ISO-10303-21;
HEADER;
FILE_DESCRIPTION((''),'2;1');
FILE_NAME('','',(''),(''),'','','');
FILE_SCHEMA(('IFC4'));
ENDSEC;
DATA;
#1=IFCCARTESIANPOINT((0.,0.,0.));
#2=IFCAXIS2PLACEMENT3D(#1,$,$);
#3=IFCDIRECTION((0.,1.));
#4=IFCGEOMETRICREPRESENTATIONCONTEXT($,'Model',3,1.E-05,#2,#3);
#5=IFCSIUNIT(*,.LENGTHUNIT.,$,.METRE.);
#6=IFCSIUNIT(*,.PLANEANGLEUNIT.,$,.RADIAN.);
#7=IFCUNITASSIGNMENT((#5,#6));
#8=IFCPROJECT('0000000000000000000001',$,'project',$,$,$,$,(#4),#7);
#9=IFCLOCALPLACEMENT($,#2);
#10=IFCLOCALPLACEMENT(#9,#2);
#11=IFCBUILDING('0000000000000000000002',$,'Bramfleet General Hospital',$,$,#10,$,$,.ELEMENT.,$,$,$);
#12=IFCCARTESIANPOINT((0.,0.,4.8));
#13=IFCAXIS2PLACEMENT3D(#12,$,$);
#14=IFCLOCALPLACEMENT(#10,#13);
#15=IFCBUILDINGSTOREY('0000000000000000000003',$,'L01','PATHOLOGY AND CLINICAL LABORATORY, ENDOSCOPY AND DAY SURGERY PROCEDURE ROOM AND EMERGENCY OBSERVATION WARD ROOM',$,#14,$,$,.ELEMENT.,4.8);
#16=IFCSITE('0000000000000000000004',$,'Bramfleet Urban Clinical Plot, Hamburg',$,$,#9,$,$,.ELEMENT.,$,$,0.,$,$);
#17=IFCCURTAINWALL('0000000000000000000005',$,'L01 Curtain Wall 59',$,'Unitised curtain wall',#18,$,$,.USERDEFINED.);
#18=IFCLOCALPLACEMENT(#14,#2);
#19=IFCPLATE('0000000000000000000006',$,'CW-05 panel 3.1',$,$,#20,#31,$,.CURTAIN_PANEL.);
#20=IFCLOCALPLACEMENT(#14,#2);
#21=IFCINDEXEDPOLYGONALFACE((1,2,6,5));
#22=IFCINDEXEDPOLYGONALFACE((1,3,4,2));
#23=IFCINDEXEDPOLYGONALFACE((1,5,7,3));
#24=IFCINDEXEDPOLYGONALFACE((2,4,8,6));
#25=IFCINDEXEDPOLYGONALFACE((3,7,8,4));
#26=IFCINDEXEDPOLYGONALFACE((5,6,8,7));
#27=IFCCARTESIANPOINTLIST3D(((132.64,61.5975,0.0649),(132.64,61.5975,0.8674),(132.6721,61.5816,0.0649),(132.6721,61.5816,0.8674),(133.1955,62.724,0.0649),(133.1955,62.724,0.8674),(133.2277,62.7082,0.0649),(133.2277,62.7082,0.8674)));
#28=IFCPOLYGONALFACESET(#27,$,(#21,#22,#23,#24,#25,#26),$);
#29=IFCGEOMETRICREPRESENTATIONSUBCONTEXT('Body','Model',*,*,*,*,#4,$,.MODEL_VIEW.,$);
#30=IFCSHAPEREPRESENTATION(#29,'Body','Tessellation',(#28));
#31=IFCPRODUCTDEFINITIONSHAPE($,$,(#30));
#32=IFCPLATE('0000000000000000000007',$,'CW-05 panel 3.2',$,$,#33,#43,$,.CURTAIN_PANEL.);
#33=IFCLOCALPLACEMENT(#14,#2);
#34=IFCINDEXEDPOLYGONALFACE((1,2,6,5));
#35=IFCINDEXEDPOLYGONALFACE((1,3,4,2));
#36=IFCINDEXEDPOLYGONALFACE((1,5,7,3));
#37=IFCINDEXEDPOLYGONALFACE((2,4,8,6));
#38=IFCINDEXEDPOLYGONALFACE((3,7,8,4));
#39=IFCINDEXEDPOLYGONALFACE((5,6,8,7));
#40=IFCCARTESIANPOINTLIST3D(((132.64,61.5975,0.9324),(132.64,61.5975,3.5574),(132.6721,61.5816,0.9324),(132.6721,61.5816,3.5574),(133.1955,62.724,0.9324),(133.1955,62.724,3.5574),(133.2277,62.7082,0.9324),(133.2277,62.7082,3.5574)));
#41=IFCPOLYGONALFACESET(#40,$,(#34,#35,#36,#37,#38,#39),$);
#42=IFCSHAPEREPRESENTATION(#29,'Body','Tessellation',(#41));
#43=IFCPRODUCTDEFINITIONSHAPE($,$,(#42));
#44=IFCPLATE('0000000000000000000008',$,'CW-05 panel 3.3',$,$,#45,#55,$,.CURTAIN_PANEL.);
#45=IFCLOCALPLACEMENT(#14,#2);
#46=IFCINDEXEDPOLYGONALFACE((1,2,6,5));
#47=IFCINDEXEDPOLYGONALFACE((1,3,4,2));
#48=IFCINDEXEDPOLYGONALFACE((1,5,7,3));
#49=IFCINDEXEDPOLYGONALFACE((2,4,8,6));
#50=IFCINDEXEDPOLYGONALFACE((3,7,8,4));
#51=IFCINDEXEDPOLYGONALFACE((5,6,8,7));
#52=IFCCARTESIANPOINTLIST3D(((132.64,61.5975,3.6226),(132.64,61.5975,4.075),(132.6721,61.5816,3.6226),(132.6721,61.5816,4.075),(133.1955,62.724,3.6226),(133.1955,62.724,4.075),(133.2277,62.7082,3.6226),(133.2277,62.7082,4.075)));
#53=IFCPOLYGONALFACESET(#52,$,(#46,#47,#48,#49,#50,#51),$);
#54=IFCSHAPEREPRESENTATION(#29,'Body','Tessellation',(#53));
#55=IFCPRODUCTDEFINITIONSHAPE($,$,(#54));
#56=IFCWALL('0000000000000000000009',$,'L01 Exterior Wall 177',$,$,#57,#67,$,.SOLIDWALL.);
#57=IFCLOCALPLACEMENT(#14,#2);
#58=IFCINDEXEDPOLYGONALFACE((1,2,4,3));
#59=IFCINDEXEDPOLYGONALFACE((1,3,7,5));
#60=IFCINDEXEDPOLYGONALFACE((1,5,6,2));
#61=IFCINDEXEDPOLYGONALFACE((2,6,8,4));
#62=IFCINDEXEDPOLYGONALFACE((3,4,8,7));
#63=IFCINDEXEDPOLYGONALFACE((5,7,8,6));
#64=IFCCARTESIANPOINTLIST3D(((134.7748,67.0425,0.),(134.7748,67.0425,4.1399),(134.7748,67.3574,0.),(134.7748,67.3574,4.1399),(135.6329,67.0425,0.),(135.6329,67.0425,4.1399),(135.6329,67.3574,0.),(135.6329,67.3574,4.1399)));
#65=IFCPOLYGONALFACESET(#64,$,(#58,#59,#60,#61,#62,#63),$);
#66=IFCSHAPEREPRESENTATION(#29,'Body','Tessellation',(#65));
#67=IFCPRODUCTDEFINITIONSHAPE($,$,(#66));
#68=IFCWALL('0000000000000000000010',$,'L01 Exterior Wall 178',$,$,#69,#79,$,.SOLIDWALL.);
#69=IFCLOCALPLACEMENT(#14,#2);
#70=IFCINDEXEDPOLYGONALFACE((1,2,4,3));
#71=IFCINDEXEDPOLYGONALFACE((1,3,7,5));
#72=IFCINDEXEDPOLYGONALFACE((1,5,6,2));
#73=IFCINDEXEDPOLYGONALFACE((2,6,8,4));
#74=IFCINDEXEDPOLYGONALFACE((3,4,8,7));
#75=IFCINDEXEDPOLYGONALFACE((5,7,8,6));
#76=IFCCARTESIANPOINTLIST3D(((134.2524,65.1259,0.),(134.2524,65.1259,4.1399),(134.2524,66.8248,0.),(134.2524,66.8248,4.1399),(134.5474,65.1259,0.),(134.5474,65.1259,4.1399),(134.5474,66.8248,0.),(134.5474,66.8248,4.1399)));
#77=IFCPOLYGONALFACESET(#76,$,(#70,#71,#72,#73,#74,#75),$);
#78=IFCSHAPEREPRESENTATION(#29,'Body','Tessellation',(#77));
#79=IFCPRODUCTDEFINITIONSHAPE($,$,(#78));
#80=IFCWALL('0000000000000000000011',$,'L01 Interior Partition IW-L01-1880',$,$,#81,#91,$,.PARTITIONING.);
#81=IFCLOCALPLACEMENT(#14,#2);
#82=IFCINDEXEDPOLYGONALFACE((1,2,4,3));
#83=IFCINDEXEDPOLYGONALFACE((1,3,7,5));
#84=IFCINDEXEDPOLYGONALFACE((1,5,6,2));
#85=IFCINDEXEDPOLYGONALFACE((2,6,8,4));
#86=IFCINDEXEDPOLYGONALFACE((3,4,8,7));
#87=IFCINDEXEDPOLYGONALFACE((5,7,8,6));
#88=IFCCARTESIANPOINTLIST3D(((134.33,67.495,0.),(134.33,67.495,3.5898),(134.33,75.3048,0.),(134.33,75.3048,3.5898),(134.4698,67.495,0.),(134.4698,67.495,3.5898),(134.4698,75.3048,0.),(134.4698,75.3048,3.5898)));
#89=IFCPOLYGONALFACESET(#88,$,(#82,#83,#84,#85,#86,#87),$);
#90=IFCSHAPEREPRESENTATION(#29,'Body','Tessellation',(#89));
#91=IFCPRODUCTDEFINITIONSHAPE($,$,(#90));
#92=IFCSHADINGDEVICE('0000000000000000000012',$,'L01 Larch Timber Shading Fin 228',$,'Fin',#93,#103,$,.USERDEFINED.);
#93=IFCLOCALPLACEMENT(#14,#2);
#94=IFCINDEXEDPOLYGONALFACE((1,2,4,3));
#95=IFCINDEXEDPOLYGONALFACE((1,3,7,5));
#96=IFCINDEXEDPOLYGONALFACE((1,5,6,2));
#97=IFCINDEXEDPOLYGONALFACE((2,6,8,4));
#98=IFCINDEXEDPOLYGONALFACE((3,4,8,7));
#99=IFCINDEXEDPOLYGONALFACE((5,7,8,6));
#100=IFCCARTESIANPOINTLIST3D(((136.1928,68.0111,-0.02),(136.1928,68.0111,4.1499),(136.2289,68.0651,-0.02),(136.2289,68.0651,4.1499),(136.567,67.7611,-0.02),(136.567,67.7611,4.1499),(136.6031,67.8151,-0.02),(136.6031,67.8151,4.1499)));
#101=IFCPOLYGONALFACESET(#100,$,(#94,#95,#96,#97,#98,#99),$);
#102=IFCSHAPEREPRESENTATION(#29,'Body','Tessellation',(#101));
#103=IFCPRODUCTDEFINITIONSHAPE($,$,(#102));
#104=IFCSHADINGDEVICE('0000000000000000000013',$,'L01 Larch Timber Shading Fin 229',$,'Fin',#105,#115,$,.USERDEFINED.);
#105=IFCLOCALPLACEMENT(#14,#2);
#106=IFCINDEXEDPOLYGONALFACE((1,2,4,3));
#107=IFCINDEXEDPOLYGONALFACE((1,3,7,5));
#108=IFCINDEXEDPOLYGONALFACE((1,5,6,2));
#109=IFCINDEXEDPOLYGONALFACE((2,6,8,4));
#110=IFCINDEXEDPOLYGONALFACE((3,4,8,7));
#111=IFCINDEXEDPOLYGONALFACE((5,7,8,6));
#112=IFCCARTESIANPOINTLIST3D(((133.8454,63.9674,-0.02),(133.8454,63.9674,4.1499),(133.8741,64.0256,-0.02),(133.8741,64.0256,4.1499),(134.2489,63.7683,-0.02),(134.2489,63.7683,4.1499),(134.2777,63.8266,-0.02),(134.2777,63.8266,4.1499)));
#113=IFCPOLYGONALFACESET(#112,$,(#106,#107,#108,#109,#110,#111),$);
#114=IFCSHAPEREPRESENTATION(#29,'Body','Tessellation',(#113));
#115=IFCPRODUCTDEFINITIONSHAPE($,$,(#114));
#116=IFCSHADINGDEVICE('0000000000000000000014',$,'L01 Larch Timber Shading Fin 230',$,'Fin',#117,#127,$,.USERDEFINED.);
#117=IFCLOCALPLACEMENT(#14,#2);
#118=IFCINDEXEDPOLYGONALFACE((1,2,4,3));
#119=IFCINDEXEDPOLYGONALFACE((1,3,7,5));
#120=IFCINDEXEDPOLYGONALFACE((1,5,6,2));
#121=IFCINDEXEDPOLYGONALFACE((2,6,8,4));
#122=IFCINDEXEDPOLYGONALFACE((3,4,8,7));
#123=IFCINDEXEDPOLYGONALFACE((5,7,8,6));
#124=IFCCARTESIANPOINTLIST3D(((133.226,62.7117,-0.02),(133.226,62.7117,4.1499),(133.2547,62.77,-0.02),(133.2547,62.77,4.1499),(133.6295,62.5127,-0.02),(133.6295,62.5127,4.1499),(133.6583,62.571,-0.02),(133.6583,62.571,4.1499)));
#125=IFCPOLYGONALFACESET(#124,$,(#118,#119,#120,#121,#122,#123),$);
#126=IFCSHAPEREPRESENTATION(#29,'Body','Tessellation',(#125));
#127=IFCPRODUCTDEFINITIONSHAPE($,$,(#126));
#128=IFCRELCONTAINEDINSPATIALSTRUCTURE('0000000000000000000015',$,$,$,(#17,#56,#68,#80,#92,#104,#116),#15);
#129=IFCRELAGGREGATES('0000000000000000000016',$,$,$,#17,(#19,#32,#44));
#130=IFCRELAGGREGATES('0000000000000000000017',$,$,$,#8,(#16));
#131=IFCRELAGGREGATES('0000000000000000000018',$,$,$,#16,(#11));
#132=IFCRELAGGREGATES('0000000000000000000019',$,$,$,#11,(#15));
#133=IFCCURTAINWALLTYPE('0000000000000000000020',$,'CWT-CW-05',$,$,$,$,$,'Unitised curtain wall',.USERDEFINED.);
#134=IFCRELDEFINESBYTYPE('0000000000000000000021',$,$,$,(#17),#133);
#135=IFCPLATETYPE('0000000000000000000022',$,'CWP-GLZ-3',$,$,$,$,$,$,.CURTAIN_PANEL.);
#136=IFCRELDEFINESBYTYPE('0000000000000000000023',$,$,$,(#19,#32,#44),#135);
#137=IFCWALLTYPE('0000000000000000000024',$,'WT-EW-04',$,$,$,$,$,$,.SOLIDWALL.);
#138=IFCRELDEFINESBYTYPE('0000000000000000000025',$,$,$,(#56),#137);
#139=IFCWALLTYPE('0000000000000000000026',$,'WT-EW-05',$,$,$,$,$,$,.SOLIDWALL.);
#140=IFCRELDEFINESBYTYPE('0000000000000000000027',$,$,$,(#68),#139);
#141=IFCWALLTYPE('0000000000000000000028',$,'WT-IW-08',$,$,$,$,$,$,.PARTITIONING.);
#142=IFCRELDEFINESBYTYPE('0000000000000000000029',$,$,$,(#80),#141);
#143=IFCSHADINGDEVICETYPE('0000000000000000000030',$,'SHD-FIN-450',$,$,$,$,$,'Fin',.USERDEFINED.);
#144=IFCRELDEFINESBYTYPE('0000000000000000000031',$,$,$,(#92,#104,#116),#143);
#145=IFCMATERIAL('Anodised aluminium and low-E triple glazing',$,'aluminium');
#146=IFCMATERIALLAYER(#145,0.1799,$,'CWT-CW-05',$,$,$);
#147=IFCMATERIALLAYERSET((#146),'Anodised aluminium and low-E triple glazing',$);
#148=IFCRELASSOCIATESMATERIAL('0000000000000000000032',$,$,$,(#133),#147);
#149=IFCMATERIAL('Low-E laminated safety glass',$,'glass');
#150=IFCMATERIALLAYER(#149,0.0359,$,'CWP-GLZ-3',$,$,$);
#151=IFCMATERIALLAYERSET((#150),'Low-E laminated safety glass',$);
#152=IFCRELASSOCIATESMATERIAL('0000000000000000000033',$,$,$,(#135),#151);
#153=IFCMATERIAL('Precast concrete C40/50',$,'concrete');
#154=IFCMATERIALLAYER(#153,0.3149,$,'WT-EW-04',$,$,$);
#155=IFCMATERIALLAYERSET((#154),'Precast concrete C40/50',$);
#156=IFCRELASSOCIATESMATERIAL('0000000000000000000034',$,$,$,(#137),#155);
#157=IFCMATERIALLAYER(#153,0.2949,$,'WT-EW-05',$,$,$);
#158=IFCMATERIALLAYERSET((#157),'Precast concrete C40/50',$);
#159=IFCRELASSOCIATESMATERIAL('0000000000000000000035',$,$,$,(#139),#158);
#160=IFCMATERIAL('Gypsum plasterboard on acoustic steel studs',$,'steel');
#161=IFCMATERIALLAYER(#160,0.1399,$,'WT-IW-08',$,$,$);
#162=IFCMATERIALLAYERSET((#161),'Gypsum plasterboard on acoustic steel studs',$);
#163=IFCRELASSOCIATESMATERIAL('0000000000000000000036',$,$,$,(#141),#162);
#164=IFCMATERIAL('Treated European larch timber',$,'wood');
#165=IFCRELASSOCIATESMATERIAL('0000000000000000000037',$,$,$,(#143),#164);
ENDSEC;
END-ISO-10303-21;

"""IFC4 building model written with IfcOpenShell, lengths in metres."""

from ifc_helpers import new_model, si_unit, direction, frame, frame_2d, origin, origin_2d, place, context, subcontext, project, spatial, rectangle, extrude, material, layer, layer_set, material_profile, profile_set, type_object, element, aggregate, save


model = new_model("IFC4")

# Units and contexts
model_context = context("Model", 3, precision=1e-05, world=origin(), true_north=direction((0.0, 1.0)))
body_context = subcontext(model_context, "Body", "Model", "MODEL_VIEW")
ifc_project = project(units=[si_unit("LENGTHUNIT", "METRE"), si_unit("PLANEANGLEUNIT", "RADIAN")], contexts=[model_context])

# Site, building, storey
site_placement = place(None, origin())
site = spatial("IfcSite", under=ifc_project, at=site_placement, Name="Bramfleet Urban Clinical Plot, Hamburg", CompositionType="ELEMENT", RefElevation=0.0)
building_placement = place(site_placement, origin())
building = spatial("IfcBuilding", under=site, at=building_placement, Name="Bramfleet General Hospital", CompositionType="ELEMENT")
storey_placement = place(building_placement, frame((0.0, 0.0, 4.8)))
storey = spatial("IfcBuildingStorey", under=building, at=storey_placement, Name="L01", Description="PATHOLOGY AND CLINICAL LABORATORY, ENDOSCOPY AND DAY SURGERY PROCEDURE ROOM AND EMERGENCY OBSERVATION WARD ROOM", CompositionType="ELEMENT", Elevation=4.8)

# Shared definitions
ifc_material_1 = material(Name="Anodised aluminium and low-E triple glazing", Category="aluminium")

# Curtain wall
ifc_layer_1 = layer(ifc_material_1, 0.1799, Name="CWT-CW-05")
ifc_layer_set_1 = layer_set([ifc_layer_1], Name="Anodised aluminium and low-E triple glazing")
curtain_wall_type_1 = type_object("IfcCurtainWallType", Name="CWT-CW-05", ElementType="Unitised curtain wall", PredefinedType="USERDEFINED", material=ifc_layer_set_1)
curtain_wall_1_placement = place(storey_placement, origin())
curtain_wall_1 = element("IfcCurtainWall", 1, at=curtain_wall_1_placement, inside=storey, type_object=curtain_wall_type_1, Name="L01 Curtain Wall 59", ObjectType="Unitised curtain wall", PredefinedType="USERDEFINED")

# Plates
ifc_material_2 = material(Name="Low-E laminated safety glass", Category="glass")
ifc_layer_2 = layer(ifc_material_2, 0.0359, Name="CWP-GLZ-3")
ifc_layer_set_2 = layer_set([ifc_layer_2], Name="Low-E laminated safety glass")
plate_type_1 = type_object("IfcPlateType", Name="CWP-GLZ-3", PredefinedType="CURTAIN_PANEL", material=ifc_layer_set_2)
plate_1_placement = place(storey_placement, frame((132.9338, 62.1528, 0.0649), z_axis=(0.0, 0.0, 1.0), x_axis=(-0.442305, -0.896865, 0.0)))
plate_1 = element("IfcPlate", 2, at=plate_1_placement, type_object=plate_type_1, Name="CW-05 panel 3.1", PredefinedType="CURTAIN_PANEL", context=body_context, shape_type="SweptSolid", body=[
    extrude(rectangle(XDim=1.2561, YDim=0.0359, at=origin_2d()), origin(), (0.0, 0.0, 1.0), 0.8025),
])
plate_2_placement = place(storey_placement, frame((132.9338, 62.1528, 0.9324), z_axis=(0.0, 0.0, 1.0), x_axis=(-0.442305, -0.896865, 0.0)))
plate_2 = element("IfcPlate", 3, at=plate_2_placement, type_object=plate_type_1, Name="CW-05 panel 3.2", PredefinedType="CURTAIN_PANEL", context=body_context, shape_type="SweptSolid", body=[
    extrude(rectangle(XDim=1.2561, YDim=0.0359, at=origin_2d()), origin(), (0.0, 0.0, 1.0), 2.625),
])
plate_3_placement = place(storey_placement, frame((132.9338, 62.1528, 3.6226), z_axis=(0.0, 0.0, 1.0), x_axis=(-0.442305, -0.896865, 0.0)))
plate_3 = element("IfcPlate", 4, at=plate_3_placement, type_object=plate_type_1, Name="CW-05 panel 3.3", PredefinedType="CURTAIN_PANEL", context=body_context, shape_type="SweptSolid", body=[
    extrude(rectangle(XDim=1.2561, YDim=0.0359, at=origin_2d()), origin(), (0.0, 0.0, 1.0), 0.4524),
])
aggregate(curtain_wall_1, [plate_1, plate_2, plate_3])

# Walls
ifc_material_3 = material(Name="Precast concrete C40/50", Category="concrete")
ifc_layer_3 = layer(ifc_material_3, 0.3149, Name="WT-EW-04")
ifc_layer_set_3 = layer_set([ifc_layer_3], Name="Precast concrete C40/50")
wall_type_1 = type_object("IfcWallType", Name="WT-EW-04", PredefinedType="SOLIDWALL", material=ifc_layer_set_3)
wall_1_placement = place(storey_placement, frame((135.6331, 67.2, 0.0), z_axis=(0.0, 0.0, 1.0), x_axis=(-1.0, 0.0, 0.0)))
element("IfcWall", 5, at=wall_1_placement, inside=storey, type_object=wall_type_1, Name="L01 Exterior Wall 177", PredefinedType="SOLIDWALL", context=body_context, shape_type="SweptSolid", body=[
    extrude(rectangle(XDim=0.8582, YDim=0.3149, at=frame_2d((0.4292, 0.0))), origin(), (0.0, 0.0, 1.0), 4.1399),
])
ifc_layer_4 = layer(ifc_material_3, 0.2949, Name="WT-EW-05")
ifc_layer_set_4 = layer_set([ifc_layer_4], Name="Precast concrete C40/50")
wall_type_2 = type_object("IfcWallType", Name="WT-EW-05", PredefinedType="SOLIDWALL", material=ifc_layer_set_4)
wall_2_placement = place(storey_placement, frame((134.3999, 66.825, 0.0), z_axis=(0.0, 0.0, 1.0), x_axis=(0.0, -1.0, 0.0)))
element("IfcWall", 6, at=wall_2_placement, inside=storey, type_object=wall_type_2, Name="L01 Exterior Wall 178", PredefinedType="SOLIDWALL", context=body_context, shape_type="SweptSolid", body=[
    extrude(rectangle(XDim=1.699, YDim=0.2949, at=frame_2d((0.8496, 0.0))), origin(), (0.0, 0.0, 1.0), 4.1399),
])
ifc_material_4 = material(Name="Gypsum plasterboard on acoustic steel studs", Category="steel")
ifc_layer_5 = layer(ifc_material_4, 0.1399, Name="WT-IW-08")
ifc_layer_set_5 = layer_set([ifc_layer_5], Name="Gypsum plasterboard on acoustic steel studs")
wall_type_3 = type_object("IfcWallType", Name="WT-IW-08", PredefinedType="PARTITIONING", material=ifc_layer_set_5)
wall_3_placement = place(storey_placement, frame((134.3999, 67.4951, 0.0), z_axis=(0.0, 0.0, 1.0), x_axis=(0.0, 1.0, 0.0)))
element("IfcWall", 7, at=wall_3_placement, inside=storey, type_object=wall_type_3, Name="L01 Interior Partition IW-L01-1880", PredefinedType="PARTITIONING", context=body_context, shape_type="SweptSolid", body=[
    extrude(rectangle(XDim=7.8098, YDim=0.1399, at=frame_2d((3.9048, 0.0))), origin(), (0.0, 0.0, 1.0), 3.5898),
])

# Shading devices
ifc_material_5 = material(Name="Treated European larch timber", Category="wood")
ifc_material_profile_1 = material_profile(ifc_material_5, rectangle(XDim=0.0649, YDim=0.45, at=origin_2d()), Name="LARCH FIN 450x65")
ifc_profile_set_1 = profile_set([ifc_material_profile_1], Name="Treated European larch timber")
shading_device_type = type_object("IfcShadingDeviceType", Name="SHD-FIN-450", ElementType="Fin", PredefinedType="USERDEFINED", material=ifc_profile_set_1)
for number, where, z_axis, x_axis, name in (
    (8, (136.3979, 67.9131, -0.02), (0.0, 0.0, 1.0), (-0.555464, -0.831541, 0.0), "L01 Larch Timber Shading Fin 228"),
    (9, (134.0615, 63.897, -0.02), (0.0, 0.0, 1.0), (-0.442305, -0.896865, 0.0), "L01 Larch Timber Shading Fin 229"),
    (10, (133.4421, 62.6414, -0.02), (0.0, 0.0, 1.0), (-0.442305, -0.896865, 0.0), "L01 Larch Timber Shading Fin 230"),
):
    element("IfcShadingDevice", number, at=place(storey_placement, frame(where, z_axis=z_axis, x_axis=x_axis)), inside=storey, type_object=shading_device_type, Name=name, ObjectType="Fin", PredefinedType="USERDEFINED", context=body_context, shape_type="SweptSolid", body=[
        extrude(rectangle(XDim=0.0649, YDim=0.45, at=origin_2d()), origin(), (0.0, 0.0, 1.0), 4.1699),
    ])

save(model, "model.ifc")
